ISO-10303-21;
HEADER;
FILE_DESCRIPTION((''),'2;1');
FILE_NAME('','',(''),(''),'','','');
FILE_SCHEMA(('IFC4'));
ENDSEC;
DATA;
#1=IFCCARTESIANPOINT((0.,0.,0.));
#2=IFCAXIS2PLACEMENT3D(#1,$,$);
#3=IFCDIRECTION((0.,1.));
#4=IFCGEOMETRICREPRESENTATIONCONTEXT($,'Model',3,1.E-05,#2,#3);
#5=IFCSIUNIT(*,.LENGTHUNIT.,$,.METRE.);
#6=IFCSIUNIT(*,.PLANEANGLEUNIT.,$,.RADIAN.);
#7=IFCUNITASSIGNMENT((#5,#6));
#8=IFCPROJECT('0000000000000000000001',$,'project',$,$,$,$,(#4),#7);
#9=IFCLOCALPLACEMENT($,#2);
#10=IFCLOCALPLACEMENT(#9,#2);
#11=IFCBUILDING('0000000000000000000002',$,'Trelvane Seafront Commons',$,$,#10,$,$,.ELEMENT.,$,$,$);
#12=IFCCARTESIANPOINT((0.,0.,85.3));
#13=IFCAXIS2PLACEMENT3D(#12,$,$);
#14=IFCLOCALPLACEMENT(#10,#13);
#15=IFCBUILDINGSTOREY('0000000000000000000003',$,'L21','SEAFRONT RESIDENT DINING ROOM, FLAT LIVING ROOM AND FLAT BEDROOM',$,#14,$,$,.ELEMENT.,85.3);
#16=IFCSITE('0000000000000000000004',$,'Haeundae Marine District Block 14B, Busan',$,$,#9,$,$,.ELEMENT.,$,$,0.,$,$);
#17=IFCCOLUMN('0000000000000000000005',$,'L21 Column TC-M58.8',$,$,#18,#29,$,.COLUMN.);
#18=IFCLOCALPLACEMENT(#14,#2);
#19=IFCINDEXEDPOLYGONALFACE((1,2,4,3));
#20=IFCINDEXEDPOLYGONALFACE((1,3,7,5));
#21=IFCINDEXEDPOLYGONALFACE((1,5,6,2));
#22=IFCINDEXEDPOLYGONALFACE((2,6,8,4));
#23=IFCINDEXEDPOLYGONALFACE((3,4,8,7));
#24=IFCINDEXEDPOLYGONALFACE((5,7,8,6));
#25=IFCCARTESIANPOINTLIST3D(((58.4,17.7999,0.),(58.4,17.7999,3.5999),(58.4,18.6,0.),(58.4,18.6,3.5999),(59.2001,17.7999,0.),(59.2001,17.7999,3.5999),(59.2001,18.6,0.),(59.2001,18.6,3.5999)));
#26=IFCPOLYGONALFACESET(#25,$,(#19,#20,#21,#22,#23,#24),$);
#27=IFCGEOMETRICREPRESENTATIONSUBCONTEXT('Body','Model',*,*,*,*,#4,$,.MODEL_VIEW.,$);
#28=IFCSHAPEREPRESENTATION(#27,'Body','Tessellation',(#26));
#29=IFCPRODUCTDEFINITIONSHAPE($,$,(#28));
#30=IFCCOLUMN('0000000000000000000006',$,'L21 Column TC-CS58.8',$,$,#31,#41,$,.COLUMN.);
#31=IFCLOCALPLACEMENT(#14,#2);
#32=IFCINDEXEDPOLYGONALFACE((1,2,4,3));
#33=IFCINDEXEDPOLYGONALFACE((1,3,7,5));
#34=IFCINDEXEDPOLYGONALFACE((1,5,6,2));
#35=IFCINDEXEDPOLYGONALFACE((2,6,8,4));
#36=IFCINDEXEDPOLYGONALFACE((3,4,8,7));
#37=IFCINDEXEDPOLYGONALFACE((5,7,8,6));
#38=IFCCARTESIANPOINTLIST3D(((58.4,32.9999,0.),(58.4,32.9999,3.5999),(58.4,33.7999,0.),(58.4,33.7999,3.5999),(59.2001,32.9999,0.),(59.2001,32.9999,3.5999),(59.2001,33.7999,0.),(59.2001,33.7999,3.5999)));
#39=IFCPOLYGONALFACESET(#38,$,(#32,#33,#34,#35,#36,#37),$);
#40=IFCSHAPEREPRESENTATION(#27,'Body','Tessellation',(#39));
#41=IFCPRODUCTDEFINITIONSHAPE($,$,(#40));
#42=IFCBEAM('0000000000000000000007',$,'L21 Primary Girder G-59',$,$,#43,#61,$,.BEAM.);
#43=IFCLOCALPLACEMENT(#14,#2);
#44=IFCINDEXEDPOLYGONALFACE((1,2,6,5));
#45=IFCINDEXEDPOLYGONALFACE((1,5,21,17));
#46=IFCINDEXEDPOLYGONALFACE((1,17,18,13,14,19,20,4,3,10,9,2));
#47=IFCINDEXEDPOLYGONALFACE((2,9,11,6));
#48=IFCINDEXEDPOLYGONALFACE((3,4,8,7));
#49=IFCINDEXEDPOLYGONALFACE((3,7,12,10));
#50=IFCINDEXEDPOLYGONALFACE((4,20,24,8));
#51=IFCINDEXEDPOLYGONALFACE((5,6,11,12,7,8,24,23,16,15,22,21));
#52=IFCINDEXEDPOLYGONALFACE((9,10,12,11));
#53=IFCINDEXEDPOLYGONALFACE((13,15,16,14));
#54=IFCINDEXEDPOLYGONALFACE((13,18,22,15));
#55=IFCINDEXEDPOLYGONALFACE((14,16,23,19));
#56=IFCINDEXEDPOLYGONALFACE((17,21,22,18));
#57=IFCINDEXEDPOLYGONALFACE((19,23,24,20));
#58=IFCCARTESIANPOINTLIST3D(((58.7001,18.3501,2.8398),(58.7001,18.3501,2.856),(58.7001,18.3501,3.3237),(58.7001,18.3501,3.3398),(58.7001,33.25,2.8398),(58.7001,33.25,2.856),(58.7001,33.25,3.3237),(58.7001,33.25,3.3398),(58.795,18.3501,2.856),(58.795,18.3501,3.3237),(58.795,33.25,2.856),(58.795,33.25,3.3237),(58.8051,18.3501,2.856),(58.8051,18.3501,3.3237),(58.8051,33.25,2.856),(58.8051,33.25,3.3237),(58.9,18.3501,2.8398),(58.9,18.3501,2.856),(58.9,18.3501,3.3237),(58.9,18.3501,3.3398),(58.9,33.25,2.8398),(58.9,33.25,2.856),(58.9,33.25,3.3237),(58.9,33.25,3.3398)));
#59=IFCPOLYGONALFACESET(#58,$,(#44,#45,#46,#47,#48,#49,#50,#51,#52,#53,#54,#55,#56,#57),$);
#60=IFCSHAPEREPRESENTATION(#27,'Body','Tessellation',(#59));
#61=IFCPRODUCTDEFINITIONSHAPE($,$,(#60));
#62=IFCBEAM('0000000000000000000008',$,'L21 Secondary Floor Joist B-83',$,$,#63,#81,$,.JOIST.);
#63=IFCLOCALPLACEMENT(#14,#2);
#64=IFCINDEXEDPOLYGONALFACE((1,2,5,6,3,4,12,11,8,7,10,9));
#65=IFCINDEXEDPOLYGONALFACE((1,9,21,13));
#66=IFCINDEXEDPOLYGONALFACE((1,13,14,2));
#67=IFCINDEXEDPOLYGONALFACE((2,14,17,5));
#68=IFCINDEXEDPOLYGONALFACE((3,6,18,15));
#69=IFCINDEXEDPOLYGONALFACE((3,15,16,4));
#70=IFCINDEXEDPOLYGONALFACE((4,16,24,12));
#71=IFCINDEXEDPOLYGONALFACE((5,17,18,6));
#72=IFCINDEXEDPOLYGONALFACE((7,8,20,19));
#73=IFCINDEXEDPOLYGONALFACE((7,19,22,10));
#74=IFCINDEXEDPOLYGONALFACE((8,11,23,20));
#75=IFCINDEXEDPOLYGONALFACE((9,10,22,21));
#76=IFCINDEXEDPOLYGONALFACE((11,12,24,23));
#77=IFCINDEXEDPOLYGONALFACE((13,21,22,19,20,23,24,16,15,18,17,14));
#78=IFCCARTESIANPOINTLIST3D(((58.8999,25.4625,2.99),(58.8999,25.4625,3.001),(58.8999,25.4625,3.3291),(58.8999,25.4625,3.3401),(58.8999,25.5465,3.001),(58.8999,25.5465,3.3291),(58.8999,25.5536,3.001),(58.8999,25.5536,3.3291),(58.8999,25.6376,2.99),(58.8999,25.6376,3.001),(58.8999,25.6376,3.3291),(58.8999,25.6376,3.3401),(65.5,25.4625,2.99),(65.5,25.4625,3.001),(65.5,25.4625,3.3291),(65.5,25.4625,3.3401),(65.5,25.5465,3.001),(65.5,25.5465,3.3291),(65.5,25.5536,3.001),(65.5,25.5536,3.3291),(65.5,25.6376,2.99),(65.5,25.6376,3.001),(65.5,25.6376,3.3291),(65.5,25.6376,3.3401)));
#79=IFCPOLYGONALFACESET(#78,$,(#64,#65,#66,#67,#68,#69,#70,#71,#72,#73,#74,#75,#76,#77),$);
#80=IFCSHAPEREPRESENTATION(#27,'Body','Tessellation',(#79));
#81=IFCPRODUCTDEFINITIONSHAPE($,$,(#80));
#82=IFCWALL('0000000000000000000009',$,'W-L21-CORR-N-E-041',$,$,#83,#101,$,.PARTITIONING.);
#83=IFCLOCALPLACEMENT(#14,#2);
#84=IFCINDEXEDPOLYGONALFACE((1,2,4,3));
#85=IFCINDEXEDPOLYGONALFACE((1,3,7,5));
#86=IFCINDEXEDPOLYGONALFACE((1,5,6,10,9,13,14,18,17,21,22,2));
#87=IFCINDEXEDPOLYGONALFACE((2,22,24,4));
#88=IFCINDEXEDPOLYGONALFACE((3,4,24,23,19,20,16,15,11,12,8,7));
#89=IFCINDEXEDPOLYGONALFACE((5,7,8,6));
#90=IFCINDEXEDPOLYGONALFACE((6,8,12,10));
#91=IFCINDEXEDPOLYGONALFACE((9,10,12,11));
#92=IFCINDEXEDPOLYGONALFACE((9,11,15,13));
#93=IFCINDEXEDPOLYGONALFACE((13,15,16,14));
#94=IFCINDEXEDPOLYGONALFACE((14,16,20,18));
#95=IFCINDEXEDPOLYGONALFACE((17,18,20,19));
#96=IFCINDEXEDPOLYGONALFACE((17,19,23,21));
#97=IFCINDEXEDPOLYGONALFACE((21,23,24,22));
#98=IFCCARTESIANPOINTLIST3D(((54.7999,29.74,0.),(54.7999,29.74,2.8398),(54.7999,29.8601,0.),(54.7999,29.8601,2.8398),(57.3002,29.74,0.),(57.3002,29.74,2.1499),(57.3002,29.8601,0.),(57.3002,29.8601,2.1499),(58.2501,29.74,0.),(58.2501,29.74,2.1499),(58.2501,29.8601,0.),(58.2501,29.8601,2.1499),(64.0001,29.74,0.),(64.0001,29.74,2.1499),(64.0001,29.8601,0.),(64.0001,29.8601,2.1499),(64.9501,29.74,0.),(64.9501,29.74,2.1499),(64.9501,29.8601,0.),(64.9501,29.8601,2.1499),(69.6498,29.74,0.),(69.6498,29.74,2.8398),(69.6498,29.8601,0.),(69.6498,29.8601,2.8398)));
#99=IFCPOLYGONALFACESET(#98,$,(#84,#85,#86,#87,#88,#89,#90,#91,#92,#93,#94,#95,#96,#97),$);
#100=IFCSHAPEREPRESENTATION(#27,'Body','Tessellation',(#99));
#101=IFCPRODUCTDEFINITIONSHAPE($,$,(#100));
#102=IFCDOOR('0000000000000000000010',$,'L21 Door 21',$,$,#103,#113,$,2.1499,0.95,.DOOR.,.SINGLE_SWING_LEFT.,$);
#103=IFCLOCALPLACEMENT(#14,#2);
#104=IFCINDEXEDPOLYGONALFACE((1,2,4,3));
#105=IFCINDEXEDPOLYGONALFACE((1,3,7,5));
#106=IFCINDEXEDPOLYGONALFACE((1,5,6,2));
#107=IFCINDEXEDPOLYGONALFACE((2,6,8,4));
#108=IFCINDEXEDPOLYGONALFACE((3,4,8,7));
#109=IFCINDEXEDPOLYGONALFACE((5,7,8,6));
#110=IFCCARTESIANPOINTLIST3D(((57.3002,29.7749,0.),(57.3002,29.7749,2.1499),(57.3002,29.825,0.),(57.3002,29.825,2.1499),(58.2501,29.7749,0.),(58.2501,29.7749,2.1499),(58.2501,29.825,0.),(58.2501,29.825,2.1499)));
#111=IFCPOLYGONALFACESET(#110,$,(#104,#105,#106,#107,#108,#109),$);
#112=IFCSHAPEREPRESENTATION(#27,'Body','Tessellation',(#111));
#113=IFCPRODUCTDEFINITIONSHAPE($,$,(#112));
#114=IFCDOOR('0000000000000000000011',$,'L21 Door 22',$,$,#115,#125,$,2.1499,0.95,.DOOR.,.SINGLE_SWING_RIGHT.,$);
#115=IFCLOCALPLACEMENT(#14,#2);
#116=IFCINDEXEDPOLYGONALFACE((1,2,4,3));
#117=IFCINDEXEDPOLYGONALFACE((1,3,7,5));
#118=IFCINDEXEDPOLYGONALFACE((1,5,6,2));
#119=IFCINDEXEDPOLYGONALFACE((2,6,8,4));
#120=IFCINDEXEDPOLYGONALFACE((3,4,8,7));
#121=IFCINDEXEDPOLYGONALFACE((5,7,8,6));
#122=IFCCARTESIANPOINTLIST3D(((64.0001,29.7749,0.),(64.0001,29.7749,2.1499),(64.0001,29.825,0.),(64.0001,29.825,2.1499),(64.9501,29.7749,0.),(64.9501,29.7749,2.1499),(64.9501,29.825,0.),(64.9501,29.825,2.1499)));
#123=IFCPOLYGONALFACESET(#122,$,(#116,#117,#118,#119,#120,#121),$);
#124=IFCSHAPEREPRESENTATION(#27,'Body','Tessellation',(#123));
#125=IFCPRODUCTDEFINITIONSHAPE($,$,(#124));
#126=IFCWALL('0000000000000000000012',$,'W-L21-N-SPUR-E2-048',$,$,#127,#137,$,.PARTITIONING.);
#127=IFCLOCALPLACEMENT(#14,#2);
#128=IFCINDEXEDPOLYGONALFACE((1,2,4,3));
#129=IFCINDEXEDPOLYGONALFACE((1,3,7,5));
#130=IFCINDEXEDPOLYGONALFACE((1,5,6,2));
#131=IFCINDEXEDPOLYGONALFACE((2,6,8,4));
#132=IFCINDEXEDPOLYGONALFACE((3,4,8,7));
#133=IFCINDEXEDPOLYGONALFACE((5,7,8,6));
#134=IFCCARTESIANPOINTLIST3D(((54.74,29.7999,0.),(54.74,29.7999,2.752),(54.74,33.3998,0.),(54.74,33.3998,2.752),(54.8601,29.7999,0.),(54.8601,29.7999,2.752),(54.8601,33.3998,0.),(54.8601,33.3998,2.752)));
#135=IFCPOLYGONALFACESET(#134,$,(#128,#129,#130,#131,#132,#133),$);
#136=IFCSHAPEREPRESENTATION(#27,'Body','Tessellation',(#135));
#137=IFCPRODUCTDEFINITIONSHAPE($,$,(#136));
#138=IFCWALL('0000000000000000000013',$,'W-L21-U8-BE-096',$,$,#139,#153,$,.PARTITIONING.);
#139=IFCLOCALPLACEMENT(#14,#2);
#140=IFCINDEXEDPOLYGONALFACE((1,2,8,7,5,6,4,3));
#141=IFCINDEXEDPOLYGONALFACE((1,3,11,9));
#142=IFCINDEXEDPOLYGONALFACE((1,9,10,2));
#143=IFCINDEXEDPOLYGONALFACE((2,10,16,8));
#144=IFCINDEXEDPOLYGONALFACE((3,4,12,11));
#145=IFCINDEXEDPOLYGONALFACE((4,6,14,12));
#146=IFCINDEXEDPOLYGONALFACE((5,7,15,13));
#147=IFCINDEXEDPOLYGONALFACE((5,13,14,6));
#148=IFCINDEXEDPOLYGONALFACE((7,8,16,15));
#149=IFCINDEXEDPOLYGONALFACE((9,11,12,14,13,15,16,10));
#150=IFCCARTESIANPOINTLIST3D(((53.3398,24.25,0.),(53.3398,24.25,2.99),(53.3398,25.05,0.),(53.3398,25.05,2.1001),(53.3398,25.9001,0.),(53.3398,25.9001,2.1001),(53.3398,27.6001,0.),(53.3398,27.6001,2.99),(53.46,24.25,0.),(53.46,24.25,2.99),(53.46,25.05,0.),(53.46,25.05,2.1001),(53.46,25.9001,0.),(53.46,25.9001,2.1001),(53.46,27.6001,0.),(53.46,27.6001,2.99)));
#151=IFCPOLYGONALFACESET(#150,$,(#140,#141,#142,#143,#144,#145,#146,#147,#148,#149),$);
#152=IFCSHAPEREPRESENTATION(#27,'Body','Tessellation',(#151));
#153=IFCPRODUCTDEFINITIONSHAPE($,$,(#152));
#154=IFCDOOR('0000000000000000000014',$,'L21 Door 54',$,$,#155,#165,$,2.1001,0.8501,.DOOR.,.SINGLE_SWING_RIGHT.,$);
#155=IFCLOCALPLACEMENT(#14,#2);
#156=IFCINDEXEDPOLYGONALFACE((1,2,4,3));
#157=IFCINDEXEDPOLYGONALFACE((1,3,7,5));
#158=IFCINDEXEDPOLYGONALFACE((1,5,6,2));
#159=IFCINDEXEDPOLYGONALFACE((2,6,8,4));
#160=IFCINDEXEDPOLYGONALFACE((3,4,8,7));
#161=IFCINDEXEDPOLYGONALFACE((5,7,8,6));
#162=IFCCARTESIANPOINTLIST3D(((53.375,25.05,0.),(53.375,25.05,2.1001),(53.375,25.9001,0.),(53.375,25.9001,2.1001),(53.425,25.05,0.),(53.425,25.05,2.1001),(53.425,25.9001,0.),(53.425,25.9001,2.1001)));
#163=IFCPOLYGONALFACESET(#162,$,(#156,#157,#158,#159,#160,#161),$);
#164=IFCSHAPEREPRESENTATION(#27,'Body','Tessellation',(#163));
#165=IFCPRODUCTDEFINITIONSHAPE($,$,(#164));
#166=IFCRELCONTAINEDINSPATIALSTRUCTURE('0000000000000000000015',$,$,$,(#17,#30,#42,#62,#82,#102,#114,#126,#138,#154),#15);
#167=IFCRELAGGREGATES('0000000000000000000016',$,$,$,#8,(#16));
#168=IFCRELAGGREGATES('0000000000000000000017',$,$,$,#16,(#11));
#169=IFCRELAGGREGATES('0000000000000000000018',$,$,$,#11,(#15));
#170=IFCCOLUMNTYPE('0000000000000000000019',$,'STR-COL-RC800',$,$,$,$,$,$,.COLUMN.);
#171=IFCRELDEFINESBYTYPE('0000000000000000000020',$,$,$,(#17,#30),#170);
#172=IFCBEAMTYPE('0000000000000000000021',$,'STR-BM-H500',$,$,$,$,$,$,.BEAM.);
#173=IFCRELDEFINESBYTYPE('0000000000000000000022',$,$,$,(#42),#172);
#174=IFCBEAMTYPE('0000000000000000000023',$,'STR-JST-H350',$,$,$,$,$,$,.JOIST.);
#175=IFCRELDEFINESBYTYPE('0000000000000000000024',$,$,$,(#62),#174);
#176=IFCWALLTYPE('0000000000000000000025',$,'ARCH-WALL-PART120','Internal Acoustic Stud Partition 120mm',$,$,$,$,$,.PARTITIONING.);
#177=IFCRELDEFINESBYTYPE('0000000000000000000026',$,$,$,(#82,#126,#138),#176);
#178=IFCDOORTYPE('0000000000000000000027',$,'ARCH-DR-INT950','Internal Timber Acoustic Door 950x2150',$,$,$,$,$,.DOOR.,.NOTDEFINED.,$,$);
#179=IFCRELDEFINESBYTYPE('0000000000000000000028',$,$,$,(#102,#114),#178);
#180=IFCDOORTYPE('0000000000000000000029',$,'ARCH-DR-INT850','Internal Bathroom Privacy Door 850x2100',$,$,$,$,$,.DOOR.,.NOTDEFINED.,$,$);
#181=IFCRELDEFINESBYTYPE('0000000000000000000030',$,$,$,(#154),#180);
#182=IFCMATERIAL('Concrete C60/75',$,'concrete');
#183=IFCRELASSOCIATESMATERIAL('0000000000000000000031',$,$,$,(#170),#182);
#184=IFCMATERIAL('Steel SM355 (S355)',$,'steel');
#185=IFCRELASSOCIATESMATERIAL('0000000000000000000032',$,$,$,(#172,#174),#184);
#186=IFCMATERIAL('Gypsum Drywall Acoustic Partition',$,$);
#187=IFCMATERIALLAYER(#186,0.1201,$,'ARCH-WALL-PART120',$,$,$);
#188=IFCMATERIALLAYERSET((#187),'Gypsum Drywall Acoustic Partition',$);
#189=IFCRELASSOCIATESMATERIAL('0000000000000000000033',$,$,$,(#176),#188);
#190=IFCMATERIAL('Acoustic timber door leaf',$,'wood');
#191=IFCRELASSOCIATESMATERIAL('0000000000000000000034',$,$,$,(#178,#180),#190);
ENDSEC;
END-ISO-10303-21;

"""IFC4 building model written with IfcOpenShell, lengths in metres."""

from ifc_helpers import new_model, si_unit, direction, frame, frame_2d, origin, origin_2d, place, context, subcontext, project, spatial, rectangle, i_section, extrude, source, transform, mapped, material, layer, layer_set, material_profile, profile_set, type_object, element, fill, save


model = new_model("IFC4")

# Units and contexts
model_context = context("Model", 3, precision=1e-05, world=origin(), true_north=direction((0.0, 1.0)))
body_context = subcontext(model_context, "Body", "Model", "MODEL_VIEW")
ifc_project = project(units=[si_unit("LENGTHUNIT", "METRE"), si_unit("PLANEANGLEUNIT", "RADIAN")], contexts=[model_context])

# Site, building, storey
site_placement = place(None, origin())
site = spatial("IfcSite", under=ifc_project, at=site_placement, Name="Haeundae Marine District Block 14B, Busan", CompositionType="ELEMENT", RefElevation=0.0)
building_placement = place(site_placement, origin())
building = spatial("IfcBuilding", under=site, at=building_placement, Name="Trelvane Seafront Commons", CompositionType="ELEMENT")
storey_placement = place(building_placement, frame((0.0, 0.0, 85.3)))
storey = spatial("IfcBuildingStorey", under=building, at=storey_placement, Name="L21", Description="SEAFRONT RESIDENT DINING ROOM, FLAT LIVING ROOM AND FLAT BEDROOM", CompositionType="ELEMENT", Elevation=85.3)

# Columns
ifc_material_1 = material(Name="Concrete C60/75", Category="concrete")
ifc_material_profile_1 = material_profile(ifc_material_1, rectangle(XDim=0.8, YDim=0.8, at=origin_2d()), Name="RC-800x800")
ifc_profile_set_1 = profile_set([ifc_material_profile_1], Name="Concrete C60/75")
column_type = type_object("IfcColumnType", Name="STR-COL-RC800", PredefinedType="COLUMN", material=ifc_profile_set_1)
shared_shape_1 = source(origin(), body_context, "Body", "SweptSolid", [
    extrude(rectangle(XDim=0.8, YDim=0.8, at=origin_2d()), origin(), (0.0, 0.0, 1.0), 3.5999),
])
for number, where, z_axis, x_axis, name in (
    (1, (58.8, 18.2, 0.0), (0.0, 0.0, 1.0), (1.0, 0.0, 0.0), "L21 Column TC-M58.8"),
    (2, (58.8, 33.3999, 0.0), (0.0, 0.0, 1.0), (1.0, 0.0, 0.0), "L21 Column TC-CS58.8"),
):
    element("IfcColumn", number, at=place(storey_placement, frame(where, z_axis=z_axis, x_axis=x_axis)), inside=storey, type_object=column_type, Name=name, PredefinedType="COLUMN", context=body_context, shape_type="MappedRepresentation", body=[
        mapped(shared_shape_1, transform((0.0, 0.0, 0.0), x_axis=(1.0, 0.0, 0.0), y_axis=(0.0, 1.0, 0.0), z_axis=(0.0, 0.0, 1.0), scale=1.0)),
    ])

# Beams
ifc_material_2 = material(Name="Steel SM355 (S355)", Category="steel")
ifc_material_profile_2 = material_profile(ifc_material_2, i_section(OverallWidth=0.2, OverallDepth=0.5, WebThickness=0.01, FlangeThickness=0.0161, at=origin_2d()), Name="H-500x200x10x16")
ifc_profile_set_2 = profile_set([ifc_material_profile_2], Name="Steel SM355 (S355)")
beam_type_1 = type_object("IfcBeamType", Name="STR-BM-H500", PredefinedType="BEAM", material=ifc_profile_set_2)
shared_shape_2 = source(origin(), body_context, "Body", "SweptSolid", [
    extrude(i_section(OverallWidth=0.2, OverallDepth=0.5, WebThickness=0.01, FlangeThickness=0.0161, at=origin_2d()), origin(), (0.0, 0.0, 1.0), 14.8999),
])
beam_1_placement = place(storey_placement, frame((58.8, 18.3501, 3.0898), z_axis=(0.0, 1.0, 0.0), x_axis=(-1.0, 0.0, 0.0)))
element("IfcBeam", 3, at=beam_1_placement, inside=storey, type_object=beam_type_1, Name="L21 Primary Girder G-59", PredefinedType="BEAM", context=body_context, shape_type="MappedRepresentation", body=[
    mapped(shared_shape_2, transform((0.0, 0.0, 0.0), x_axis=(1.0, 0.0, 0.0), y_axis=(0.0, 1.0, 0.0), z_axis=(0.0, 0.0, 1.0), scale=1.0)),
])
ifc_material_profile_3 = material_profile(ifc_material_2, i_section(OverallWidth=0.175, OverallDepth=0.3501, WebThickness=0.0071, FlangeThickness=0.011, at=origin_2d()), Name="H-350x175x7x11")
ifc_profile_set_3 = profile_set([ifc_material_profile_3], Name="Steel SM355 (S355)")
beam_type_2 = type_object("IfcBeamType", Name="STR-JST-H350", PredefinedType="JOIST", material=ifc_profile_set_3)
shared_shape_3 = source(origin(), body_context, "Body", "SweptSolid", [
    extrude(i_section(OverallWidth=0.175, OverallDepth=0.3501, WebThickness=0.0071, FlangeThickness=0.011, at=origin_2d()), origin(), (0.0, 0.0, 1.0), 6.6001),
])
beam_2_placement = place(storey_placement, frame((58.8999, 25.55, 3.165), z_axis=(1.0, 0.0, 0.0), x_axis=(0.0, 1.0, 0.0)))
element("IfcBeam", 4, at=beam_2_placement, inside=storey, type_object=beam_type_2, Name="L21 Secondary Floor Joist B-83", PredefinedType="JOIST", context=body_context, shape_type="MappedRepresentation", body=[
    mapped(shared_shape_3, transform((0.0, 0.0, 0.0), x_axis=(1.0, 0.0, 0.0), y_axis=(0.0, 1.0, 0.0), z_axis=(0.0, 0.0, 1.0), scale=1.0)),
])

# Wall, openings, doors
ifc_material_3 = material(Name="Gypsum Drywall Acoustic Partition")
ifc_layer_1 = layer(ifc_material_3, 0.1201, Name="ARCH-WALL-PART120")
ifc_layer_set_1 = layer_set([ifc_layer_1], Name="Gypsum Drywall Acoustic Partition")
wall_type_1 = type_object("IfcWallType", Name="ARCH-WALL-PART120", Description="Internal Acoustic Stud Partition 120mm", PredefinedType="PARTITIONING", material=ifc_layer_set_1)
wall_1_placement = place(storey_placement, frame((54.8, 29.8, 0.0), z_axis=(0.0, 0.0, 1.0), x_axis=(1.0, 0.0, 0.0)))
wall_1 = element("IfcWall", 5, at=wall_1_placement, inside=storey, type_object=wall_type_1, Name="W-L21-CORR-N-E-041", PredefinedType="PARTITIONING", context=body_context, shape_type="SweptSolid", body=[
    extrude(rectangle(XDim=14.8499, YDim=0.1201, at=frame_2d((7.4248, 0.0))), origin(), (0.0, 0.0, 1.0), 2.8398),
])
opening_1_placement = place(wall_1_placement, frame((2.5, 0.0, 0.0)))
opening_1 = element("IfcOpeningElement", 6, at=opening_1_placement, cuts=wall_1, PredefinedType="OPENING", context=body_context, shape_type="SweptSolid", body=[
    extrude(rectangle(XDim=0.95, YDim=2.1499, at=frame_2d((0.4751, 1.075))), frame((0.0, 0.0701, 0.0), z_axis=(0.0, -1.0, 0.0), x_axis=(1.0, 0.0, 0.0)), (0.0, 0.0, 1.0), 0.1401),
])
opening_2_placement = place(wall_1_placement, frame((9.2, 0.0, 0.0)))
opening_2 = element("IfcOpeningElement", 7, at=opening_2_placement, cuts=wall_1, PredefinedType="OPENING", context=body_context, shape_type="SweptSolid", body=[
    extrude(rectangle(XDim=0.95, YDim=2.1499, at=frame_2d((0.4751, 1.075))), frame((0.0, 0.0701, 0.0), z_axis=(0.0, -1.0, 0.0), x_axis=(1.0, 0.0, 0.0)), (0.0, 0.0, 1.0), 0.1401),
])
ifc_material_4 = material(Name="Acoustic timber door leaf", Category="wood")
door_type_1 = type_object("IfcDoorType", Name="ARCH-DR-INT950", Description="Internal Timber Acoustic Door 950x2150", OperationType="NOTDEFINED", PredefinedType="DOOR", material=ifc_material_4)
shared_shape_4 = source(origin(), body_context, "Body", "SweptSolid", [
    extrude(rectangle(XDim=0.95, YDim=2.1499, at=frame_2d((0.4751, 1.075))), frame((0.0, 0.0249, 0.0), z_axis=(0.0, -1.0, 0.0), x_axis=(1.0, 0.0, 0.0)), (0.0, 0.0, 1.0), 0.05),
])
door_1_placement = place(opening_1_placement, origin())
door_1 = element("IfcDoor", 8, at=door_1_placement, inside=storey, type_object=door_type_1, Name="L21 Door 21", OperationType="SINGLE_SWING_LEFT", OverallHeight=2.1499, OverallWidth=0.95, PredefinedType="DOOR", context=body_context, shape_type="MappedRepresentation", body=[
    mapped(shared_shape_4, transform((0.0, 0.0, 0.0), x_axis=(1.0, 0.0, 0.0), y_axis=(0.0, 1.0, 0.0), z_axis=(0.0, 0.0, 1.0), scale=1.0)),
])
fill(opening_1, door_1)
door_2_placement = place(opening_2_placement, origin())
door_2 = element("IfcDoor", 9, at=door_2_placement, inside=storey, type_object=door_type_1, Name="L21 Door 22", OperationType="SINGLE_SWING_RIGHT", OverallHeight=2.1499, OverallWidth=0.95, PredefinedType="DOOR", context=body_context, shape_type="MappedRepresentation", body=[
    mapped(shared_shape_4, transform((0.0, 0.0, 0.0), x_axis=(1.0, 0.0, 0.0), y_axis=(0.0, 1.0, 0.0), z_axis=(0.0, 0.0, 1.0), scale=1.0)),
])
fill(opening_2, door_2)

# Wall
wall_2_placement = place(storey_placement, frame((54.8, 29.8, 0.0), z_axis=(0.0, 0.0, 1.0), x_axis=(0.0, 1.0, 0.0)))
element("IfcWall", 10, at=wall_2_placement, inside=storey, type_object=wall_type_1, Name="W-L21-N-SPUR-E2-048", PredefinedType="PARTITIONING", context=body_context, shape_type="SweptSolid", body=[
    extrude(rectangle(XDim=3.5999, YDim=0.1201, at=frame_2d((1.7998, 0.0))), origin(), (0.0, 0.0, 1.0), 2.752),
])

# Wall, opening, door
wall_3_placement = place(storey_placement, frame((53.3999, 24.25, 0.0), z_axis=(0.0, 0.0, 1.0), x_axis=(0.0, 1.0, 0.0)))
wall_3 = element("IfcWall", 11, at=wall_3_placement, inside=storey, type_object=wall_type_1, Name="W-L21-U8-BE-096", PredefinedType="PARTITIONING", context=body_context, shape_type="SweptSolid", body=[
    extrude(rectangle(XDim=3.3501, YDim=0.1201, at=frame_2d((1.675, 0.0))), origin(), (0.0, 0.0, 1.0), 2.99),
])
opening_3_placement = place(wall_3_placement, frame((0.8, 0.0, 0.0)))
opening_3 = element("IfcOpeningElement", 12, at=opening_3_placement, cuts=wall_3, PredefinedType="OPENING", context=body_context, shape_type="SweptSolid", body=[
    extrude(rectangle(XDim=0.8501, YDim=2.1001, at=frame_2d((0.425, 1.05))), frame((0.0, 0.0701, 0.0), z_axis=(0.0, -1.0, 0.0), x_axis=(1.0, 0.0, 0.0)), (0.0, 0.0, 1.0), 0.1401),
])
door_type_2 = type_object("IfcDoorType", Name="ARCH-DR-INT850", Description="Internal Bathroom Privacy Door 850x2100", OperationType="NOTDEFINED", PredefinedType="DOOR", material=ifc_material_4)
shared_shape_5 = source(origin(), body_context, "Body", "SweptSolid", [
    extrude(rectangle(XDim=0.8501, YDim=2.1001, at=frame_2d((0.425, 1.05))), frame((0.0, 0.0249, 0.0), z_axis=(0.0, -1.0, 0.0), x_axis=(1.0, 0.0, 0.0)), (0.0, 0.0, 1.0), 0.05),
])
door_3_placement = place(opening_3_placement, origin())
door_3 = element("IfcDoor", 13, at=door_3_placement, inside=storey, type_object=door_type_2, Name="L21 Door 54", OperationType="SINGLE_SWING_RIGHT", OverallHeight=2.1001, OverallWidth=0.8501, PredefinedType="DOOR", context=body_context, shape_type="MappedRepresentation", body=[
    mapped(shared_shape_5, transform((0.0, 0.0, 0.0), x_axis=(1.0, 0.0, 0.0), y_axis=(0.0, 1.0, 0.0), z_axis=(0.0, 0.0, 1.0), scale=1.0)),
])
fill(opening_3, door_3)

save(model, "model.ifc")
